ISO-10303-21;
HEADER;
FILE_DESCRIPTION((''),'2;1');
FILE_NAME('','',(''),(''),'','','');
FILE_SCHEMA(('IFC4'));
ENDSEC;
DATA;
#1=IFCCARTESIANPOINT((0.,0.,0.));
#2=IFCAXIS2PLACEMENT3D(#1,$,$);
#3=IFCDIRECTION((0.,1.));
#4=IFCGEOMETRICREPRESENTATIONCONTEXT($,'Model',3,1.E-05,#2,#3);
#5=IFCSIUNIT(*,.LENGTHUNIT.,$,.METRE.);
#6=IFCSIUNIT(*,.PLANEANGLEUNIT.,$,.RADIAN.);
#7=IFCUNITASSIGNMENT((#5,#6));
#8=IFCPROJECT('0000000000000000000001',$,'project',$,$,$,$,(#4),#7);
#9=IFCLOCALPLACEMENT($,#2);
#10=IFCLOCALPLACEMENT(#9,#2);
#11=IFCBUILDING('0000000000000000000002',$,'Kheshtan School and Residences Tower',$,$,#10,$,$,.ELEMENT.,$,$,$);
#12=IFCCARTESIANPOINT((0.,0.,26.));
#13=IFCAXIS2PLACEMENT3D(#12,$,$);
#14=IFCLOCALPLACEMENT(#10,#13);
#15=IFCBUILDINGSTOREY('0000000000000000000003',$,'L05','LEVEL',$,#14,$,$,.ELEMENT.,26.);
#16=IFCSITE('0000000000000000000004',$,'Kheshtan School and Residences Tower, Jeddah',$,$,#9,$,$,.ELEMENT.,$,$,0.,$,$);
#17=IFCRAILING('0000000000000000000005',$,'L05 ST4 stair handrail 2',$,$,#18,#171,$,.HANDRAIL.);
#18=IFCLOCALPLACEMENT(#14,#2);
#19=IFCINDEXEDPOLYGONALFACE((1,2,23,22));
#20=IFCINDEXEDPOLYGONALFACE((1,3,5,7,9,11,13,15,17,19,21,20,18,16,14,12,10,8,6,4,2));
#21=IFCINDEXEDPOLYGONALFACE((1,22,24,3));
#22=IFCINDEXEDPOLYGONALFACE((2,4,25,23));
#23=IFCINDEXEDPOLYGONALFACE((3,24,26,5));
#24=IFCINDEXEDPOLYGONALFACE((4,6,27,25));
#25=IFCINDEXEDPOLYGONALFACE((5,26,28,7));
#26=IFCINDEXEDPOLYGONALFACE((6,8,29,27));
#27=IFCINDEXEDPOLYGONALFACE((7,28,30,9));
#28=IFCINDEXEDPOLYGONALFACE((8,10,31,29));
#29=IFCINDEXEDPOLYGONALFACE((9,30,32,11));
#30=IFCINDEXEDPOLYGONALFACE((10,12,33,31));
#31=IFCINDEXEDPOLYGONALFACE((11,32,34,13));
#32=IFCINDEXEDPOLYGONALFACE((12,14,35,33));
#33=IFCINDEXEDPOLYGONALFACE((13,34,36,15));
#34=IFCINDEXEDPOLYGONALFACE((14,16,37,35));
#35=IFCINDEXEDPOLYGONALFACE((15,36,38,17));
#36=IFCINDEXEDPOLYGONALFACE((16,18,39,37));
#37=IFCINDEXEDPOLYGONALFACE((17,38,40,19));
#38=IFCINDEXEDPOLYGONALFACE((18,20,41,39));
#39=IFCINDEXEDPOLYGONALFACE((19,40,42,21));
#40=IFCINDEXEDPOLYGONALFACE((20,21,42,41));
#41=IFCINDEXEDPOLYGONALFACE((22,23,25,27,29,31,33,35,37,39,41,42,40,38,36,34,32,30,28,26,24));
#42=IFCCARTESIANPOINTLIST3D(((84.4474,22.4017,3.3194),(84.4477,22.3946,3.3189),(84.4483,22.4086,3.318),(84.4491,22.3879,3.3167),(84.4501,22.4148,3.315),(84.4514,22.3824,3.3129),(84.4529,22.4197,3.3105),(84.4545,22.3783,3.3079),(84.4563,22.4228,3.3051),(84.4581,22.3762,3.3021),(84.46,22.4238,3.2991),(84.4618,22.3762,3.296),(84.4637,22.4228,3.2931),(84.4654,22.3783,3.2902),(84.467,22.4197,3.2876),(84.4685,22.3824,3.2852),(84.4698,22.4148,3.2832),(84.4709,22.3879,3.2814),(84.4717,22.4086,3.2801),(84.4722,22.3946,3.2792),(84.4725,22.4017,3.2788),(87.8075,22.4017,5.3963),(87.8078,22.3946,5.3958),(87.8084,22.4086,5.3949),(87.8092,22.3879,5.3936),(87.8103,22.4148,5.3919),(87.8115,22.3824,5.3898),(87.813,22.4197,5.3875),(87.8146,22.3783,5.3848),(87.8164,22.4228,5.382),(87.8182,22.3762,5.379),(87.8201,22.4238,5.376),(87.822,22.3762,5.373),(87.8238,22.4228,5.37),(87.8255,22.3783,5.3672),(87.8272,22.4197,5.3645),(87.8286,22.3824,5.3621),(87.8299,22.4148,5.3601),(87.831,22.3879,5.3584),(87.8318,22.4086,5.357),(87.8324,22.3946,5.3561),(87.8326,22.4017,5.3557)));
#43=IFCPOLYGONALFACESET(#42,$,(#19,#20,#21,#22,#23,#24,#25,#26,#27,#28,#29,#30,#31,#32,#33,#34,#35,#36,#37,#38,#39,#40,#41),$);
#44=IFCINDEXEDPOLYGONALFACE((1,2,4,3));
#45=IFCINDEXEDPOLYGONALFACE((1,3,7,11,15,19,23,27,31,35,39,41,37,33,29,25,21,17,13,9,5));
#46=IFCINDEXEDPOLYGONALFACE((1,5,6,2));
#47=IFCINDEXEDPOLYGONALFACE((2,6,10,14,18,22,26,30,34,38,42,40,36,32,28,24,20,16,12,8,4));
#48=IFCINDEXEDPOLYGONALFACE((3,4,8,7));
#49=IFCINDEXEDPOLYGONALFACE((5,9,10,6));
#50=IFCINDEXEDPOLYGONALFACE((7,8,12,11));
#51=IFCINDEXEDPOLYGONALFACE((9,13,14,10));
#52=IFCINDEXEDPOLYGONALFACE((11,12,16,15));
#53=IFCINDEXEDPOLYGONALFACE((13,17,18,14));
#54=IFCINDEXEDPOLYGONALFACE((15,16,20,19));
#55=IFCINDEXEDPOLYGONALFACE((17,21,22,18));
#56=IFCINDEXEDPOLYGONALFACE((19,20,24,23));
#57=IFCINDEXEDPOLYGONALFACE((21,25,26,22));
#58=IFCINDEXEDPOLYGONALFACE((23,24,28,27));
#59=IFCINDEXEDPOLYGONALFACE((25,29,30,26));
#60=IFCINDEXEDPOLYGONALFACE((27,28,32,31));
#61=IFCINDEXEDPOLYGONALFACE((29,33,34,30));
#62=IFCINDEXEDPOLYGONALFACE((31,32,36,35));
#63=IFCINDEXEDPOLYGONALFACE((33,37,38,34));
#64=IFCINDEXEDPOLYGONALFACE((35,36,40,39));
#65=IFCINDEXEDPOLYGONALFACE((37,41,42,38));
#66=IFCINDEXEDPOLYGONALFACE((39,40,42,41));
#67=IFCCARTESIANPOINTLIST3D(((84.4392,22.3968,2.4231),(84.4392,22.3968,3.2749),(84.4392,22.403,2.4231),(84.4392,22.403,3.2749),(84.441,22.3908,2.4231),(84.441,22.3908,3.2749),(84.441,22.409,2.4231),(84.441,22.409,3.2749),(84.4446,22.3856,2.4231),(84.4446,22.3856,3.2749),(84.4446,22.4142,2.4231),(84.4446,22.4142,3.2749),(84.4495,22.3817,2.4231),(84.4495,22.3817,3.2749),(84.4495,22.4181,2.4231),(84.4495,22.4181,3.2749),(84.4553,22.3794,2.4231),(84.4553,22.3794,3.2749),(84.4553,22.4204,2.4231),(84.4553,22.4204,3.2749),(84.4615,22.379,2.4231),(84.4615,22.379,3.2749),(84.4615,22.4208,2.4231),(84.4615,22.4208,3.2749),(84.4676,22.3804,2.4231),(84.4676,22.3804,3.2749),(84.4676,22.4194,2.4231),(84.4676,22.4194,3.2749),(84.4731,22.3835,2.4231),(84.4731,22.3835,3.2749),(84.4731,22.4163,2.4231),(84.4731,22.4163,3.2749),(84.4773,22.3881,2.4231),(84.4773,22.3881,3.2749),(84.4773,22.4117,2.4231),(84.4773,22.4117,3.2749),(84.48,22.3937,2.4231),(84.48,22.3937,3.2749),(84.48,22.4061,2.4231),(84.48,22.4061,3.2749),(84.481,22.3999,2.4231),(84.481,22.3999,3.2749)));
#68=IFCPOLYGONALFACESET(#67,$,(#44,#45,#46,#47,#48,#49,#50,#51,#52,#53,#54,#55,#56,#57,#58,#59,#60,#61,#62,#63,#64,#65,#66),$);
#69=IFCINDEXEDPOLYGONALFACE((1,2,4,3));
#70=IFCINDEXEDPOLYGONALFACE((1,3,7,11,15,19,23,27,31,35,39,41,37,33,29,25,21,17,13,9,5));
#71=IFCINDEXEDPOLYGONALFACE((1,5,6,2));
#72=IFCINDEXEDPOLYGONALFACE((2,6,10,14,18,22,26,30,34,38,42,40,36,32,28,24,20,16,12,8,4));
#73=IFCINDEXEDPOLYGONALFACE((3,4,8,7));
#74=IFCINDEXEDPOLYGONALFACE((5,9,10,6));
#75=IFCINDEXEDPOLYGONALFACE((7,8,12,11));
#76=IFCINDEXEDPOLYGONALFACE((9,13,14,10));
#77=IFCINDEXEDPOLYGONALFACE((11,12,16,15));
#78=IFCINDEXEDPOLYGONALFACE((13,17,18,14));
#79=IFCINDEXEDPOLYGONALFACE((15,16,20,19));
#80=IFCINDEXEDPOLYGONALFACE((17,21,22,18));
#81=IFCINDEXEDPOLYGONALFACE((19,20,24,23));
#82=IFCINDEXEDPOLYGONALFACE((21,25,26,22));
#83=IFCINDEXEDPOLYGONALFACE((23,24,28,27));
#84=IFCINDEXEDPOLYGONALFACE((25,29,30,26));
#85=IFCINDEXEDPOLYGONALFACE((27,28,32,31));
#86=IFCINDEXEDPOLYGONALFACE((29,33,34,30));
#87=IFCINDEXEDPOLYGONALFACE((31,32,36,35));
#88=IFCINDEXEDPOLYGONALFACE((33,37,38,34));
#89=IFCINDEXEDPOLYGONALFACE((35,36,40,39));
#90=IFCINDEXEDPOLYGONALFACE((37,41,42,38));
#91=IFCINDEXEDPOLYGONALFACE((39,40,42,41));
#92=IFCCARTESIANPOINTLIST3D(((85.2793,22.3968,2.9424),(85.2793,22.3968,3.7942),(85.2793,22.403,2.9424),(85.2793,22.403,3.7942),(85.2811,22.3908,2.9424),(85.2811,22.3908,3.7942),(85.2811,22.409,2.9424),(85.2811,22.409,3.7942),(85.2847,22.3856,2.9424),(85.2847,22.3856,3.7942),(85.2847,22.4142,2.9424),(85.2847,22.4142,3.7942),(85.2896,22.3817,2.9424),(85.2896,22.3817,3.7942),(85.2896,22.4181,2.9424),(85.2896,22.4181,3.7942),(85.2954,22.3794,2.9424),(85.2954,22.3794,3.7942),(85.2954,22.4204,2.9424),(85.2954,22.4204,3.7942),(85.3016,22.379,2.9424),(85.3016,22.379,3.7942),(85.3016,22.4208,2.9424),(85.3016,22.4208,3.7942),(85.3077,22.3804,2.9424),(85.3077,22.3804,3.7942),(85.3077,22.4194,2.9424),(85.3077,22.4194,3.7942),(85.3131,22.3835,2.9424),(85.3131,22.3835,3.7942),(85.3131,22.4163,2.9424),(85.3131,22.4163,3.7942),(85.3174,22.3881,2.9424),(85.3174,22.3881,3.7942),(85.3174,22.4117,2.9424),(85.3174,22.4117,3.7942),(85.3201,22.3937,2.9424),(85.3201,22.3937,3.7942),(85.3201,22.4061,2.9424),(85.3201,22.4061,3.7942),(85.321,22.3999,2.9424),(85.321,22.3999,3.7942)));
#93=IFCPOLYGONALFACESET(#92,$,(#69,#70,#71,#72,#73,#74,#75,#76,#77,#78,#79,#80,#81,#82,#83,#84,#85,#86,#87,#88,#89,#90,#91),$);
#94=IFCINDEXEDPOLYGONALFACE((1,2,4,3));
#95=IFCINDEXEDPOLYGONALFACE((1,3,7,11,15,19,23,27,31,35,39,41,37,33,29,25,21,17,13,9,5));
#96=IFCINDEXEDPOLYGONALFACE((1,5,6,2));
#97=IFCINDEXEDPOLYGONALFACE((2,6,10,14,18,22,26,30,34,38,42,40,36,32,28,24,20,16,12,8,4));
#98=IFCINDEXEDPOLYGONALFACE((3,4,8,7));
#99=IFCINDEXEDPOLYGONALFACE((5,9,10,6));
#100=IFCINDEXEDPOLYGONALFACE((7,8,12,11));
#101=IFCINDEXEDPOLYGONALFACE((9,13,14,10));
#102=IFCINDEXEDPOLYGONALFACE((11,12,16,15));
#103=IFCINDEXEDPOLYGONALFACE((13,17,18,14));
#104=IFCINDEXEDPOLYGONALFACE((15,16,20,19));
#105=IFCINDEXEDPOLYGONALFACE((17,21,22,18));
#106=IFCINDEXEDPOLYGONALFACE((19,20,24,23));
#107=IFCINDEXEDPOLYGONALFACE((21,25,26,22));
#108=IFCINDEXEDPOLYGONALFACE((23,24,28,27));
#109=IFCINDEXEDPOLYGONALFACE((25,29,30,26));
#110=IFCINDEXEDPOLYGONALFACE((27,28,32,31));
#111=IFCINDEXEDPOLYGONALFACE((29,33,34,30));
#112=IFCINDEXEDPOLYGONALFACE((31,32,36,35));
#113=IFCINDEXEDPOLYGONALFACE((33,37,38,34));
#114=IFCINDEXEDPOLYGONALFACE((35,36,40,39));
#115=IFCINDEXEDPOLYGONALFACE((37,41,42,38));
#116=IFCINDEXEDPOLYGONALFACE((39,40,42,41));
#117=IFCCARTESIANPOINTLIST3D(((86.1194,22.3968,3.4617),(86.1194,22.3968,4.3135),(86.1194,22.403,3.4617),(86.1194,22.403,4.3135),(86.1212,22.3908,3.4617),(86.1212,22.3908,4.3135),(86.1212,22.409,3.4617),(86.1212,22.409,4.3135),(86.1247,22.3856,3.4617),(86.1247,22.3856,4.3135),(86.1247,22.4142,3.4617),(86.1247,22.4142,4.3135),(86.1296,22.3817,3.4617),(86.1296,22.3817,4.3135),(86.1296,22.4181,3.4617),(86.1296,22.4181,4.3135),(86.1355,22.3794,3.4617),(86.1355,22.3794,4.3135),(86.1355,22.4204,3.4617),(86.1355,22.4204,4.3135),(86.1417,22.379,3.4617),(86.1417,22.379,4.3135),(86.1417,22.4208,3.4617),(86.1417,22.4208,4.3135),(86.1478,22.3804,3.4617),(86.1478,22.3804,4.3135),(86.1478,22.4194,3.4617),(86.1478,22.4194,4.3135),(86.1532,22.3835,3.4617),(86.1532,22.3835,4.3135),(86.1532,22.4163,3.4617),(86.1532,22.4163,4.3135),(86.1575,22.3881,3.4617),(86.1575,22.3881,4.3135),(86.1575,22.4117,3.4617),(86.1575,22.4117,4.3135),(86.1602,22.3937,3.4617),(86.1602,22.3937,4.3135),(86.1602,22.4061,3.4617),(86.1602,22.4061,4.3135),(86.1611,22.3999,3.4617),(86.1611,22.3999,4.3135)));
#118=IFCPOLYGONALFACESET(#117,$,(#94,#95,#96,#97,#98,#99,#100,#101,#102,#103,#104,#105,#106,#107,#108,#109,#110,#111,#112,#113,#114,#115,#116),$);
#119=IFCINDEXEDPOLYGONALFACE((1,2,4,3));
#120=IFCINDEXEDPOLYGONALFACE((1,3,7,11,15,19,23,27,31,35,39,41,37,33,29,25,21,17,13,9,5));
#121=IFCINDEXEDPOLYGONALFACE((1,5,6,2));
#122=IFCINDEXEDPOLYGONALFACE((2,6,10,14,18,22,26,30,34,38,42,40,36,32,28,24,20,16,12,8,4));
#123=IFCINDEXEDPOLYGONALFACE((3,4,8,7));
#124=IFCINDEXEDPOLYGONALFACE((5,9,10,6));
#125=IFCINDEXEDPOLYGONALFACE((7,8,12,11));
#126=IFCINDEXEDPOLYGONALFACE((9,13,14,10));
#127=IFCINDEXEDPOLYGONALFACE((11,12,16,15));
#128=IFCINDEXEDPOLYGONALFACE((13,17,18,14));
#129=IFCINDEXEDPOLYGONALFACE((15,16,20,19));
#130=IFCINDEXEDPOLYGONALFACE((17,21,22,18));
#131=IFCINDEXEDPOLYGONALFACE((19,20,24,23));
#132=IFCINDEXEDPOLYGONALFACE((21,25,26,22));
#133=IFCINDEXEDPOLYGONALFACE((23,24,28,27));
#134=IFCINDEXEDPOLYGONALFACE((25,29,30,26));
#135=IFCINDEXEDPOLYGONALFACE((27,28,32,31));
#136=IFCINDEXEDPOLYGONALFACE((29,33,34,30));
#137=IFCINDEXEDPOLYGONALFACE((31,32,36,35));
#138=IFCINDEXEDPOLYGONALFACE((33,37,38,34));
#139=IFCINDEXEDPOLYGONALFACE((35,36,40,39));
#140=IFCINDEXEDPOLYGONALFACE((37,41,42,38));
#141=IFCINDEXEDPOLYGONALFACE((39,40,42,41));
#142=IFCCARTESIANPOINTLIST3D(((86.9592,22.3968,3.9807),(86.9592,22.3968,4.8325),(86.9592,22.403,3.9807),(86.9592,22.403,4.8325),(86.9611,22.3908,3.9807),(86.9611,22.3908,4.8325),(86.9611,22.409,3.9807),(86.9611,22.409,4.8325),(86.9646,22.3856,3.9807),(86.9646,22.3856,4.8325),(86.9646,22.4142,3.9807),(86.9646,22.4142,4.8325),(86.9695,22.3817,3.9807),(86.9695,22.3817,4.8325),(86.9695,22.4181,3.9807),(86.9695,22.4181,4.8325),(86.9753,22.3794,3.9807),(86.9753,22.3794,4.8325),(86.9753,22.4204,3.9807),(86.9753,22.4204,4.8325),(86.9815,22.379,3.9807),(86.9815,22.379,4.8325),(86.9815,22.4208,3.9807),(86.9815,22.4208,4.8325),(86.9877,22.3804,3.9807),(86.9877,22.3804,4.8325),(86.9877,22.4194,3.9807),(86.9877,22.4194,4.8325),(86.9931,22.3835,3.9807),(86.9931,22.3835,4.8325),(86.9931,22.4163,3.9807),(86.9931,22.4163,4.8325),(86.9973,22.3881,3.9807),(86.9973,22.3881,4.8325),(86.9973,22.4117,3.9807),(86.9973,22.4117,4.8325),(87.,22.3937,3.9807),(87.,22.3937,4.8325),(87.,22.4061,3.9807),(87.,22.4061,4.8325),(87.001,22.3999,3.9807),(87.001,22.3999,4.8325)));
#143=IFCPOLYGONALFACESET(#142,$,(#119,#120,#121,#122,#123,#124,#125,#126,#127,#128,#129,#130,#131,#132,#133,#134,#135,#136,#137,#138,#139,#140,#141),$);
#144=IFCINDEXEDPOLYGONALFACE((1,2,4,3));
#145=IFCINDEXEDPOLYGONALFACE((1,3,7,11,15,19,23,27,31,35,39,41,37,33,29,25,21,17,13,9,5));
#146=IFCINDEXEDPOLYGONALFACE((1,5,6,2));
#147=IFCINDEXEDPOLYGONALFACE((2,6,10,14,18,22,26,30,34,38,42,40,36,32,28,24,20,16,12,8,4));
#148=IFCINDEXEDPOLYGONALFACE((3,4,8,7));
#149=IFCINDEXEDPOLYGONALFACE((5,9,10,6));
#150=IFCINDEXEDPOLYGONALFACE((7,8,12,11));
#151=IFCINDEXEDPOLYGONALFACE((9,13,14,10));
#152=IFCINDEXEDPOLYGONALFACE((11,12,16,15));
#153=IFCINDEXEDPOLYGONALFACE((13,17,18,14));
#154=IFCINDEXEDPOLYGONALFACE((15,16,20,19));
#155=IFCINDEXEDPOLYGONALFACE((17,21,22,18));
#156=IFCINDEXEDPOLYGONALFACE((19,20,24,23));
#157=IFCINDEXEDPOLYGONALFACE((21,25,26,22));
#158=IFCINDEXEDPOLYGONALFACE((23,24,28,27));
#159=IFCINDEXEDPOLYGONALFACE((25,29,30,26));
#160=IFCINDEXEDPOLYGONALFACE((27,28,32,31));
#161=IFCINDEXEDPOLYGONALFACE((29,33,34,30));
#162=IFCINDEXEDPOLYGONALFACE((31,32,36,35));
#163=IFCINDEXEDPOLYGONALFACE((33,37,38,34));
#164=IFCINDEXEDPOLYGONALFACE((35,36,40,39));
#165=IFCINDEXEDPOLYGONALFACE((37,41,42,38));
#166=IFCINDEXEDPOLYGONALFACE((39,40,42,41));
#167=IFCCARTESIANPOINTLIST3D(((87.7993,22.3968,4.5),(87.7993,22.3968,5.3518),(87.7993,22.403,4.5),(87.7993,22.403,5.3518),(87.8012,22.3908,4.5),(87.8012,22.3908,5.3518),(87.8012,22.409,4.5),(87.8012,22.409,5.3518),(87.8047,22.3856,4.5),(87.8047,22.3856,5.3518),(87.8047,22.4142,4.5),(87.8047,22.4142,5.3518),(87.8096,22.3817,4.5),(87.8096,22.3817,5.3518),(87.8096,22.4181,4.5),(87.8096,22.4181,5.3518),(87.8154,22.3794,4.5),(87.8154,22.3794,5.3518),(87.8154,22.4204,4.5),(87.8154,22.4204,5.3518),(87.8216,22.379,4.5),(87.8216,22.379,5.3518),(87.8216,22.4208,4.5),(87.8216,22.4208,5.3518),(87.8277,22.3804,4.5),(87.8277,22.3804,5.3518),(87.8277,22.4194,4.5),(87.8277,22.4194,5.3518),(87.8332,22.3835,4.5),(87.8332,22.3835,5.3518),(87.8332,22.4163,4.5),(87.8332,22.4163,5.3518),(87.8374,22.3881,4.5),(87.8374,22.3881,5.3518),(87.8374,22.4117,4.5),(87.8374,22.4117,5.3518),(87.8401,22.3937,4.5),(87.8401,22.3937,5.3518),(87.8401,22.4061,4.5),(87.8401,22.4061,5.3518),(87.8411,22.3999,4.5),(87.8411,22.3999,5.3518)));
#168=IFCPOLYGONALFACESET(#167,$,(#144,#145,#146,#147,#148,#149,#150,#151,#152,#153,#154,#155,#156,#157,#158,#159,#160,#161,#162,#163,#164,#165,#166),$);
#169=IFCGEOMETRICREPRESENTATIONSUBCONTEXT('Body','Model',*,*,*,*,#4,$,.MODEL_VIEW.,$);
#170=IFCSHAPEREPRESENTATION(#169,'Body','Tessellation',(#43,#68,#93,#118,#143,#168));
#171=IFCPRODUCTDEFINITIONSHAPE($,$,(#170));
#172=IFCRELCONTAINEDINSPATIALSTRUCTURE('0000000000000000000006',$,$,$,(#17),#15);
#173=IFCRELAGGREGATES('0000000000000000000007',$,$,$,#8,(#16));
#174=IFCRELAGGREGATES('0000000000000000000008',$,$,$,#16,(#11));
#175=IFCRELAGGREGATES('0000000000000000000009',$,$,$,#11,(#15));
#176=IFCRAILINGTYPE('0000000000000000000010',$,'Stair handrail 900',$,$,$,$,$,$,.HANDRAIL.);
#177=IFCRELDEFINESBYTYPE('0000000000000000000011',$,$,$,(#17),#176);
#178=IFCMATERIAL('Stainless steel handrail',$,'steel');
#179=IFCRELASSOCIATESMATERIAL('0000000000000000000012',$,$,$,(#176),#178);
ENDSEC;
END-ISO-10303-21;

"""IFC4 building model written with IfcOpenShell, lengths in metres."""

from ifc_helpers import new_model, si_unit, direction, frame, origin, origin_2d, place, context, subcontext, project, spatial, circle, extrude, material, type_object, element, save


model = new_model("IFC4")

# Units and contexts
model_context = context("Model", 3, precision=1e-05, world=origin(), true_north=direction((0.0, 1.0)))
body_context = subcontext(model_context, "Body", "Model", "MODEL_VIEW")
ifc_project = project(units=[si_unit("LENGTHUNIT", "METRE"), si_unit("PLANEANGLEUNIT", "RADIAN")], contexts=[model_context])

# Site, building, storey
site_placement = place(None, origin())
site = spatial("IfcSite", under=ifc_project, at=site_placement, Name="Kheshtan School and Residences Tower, Jeddah", CompositionType="ELEMENT", RefElevation=0.0)
building_placement = place(site_placement, origin())
building = spatial("IfcBuilding", under=site, at=building_placement, Name="Kheshtan School and Residences Tower", CompositionType="ELEMENT")
storey_placement = place(building_placement, frame((0.0, 0.0, 26.0)))
storey = spatial("IfcBuildingStorey", under=building, at=storey_placement, Name="L05", Description="LEVEL", CompositionType="ELEMENT", Elevation=26.0)

# Railing
ifc_material_1 = material(Name="Stainless steel handrail", Category="steel")
railing_type = type_object("IfcRailingType", Name="Stair handrail 900", PredefinedType="HANDRAIL", material=ifc_material_1)
railing_1_placement = place(storey_placement, frame((84.46, 22.3999, 2.4231)))
element("IfcRailing", 1, at=railing_1_placement, inside=storey, type_object=railing_type, Name="L05 ST4 stair handrail 2", PredefinedType="HANDRAIL", context=body_context, shape_type="SweptSolid", body=[
    extrude(circle(Radius=0.0239, at=origin_2d()), frame((0.0, 0.0, 0.876), z_axis=(0.850623, 0.0, 0.525776), x_axis=(0.0, 1.0, 0.0)), (0.0, 0.0, 1.0), 3.9502),
    extrude(circle(Radius=0.021, at=origin_2d()), origin(), (0.0, 0.0, 1.0), 0.8518),
    extrude(circle(Radius=0.021, at=origin_2d()), frame((0.8401, 0.0, 0.5193)), (0.0, 0.0, 1.0), 0.8518),
    extrude(circle(Radius=0.021, at=origin_2d()), frame((1.6802, 0.0, 1.0386)), (0.0, 0.0, 1.0), 0.8518),
    extrude(circle(Radius=0.021, at=origin_2d()), frame((2.52, 0.0, 1.5576)), (0.0, 0.0, 1.0), 0.8518),
    extrude(circle(Radius=0.021, at=origin_2d()), frame((3.3601, 0.0, 2.0769)), (0.0, 0.0, 1.0), 0.8518),
])

save(model, "model.ifc")
